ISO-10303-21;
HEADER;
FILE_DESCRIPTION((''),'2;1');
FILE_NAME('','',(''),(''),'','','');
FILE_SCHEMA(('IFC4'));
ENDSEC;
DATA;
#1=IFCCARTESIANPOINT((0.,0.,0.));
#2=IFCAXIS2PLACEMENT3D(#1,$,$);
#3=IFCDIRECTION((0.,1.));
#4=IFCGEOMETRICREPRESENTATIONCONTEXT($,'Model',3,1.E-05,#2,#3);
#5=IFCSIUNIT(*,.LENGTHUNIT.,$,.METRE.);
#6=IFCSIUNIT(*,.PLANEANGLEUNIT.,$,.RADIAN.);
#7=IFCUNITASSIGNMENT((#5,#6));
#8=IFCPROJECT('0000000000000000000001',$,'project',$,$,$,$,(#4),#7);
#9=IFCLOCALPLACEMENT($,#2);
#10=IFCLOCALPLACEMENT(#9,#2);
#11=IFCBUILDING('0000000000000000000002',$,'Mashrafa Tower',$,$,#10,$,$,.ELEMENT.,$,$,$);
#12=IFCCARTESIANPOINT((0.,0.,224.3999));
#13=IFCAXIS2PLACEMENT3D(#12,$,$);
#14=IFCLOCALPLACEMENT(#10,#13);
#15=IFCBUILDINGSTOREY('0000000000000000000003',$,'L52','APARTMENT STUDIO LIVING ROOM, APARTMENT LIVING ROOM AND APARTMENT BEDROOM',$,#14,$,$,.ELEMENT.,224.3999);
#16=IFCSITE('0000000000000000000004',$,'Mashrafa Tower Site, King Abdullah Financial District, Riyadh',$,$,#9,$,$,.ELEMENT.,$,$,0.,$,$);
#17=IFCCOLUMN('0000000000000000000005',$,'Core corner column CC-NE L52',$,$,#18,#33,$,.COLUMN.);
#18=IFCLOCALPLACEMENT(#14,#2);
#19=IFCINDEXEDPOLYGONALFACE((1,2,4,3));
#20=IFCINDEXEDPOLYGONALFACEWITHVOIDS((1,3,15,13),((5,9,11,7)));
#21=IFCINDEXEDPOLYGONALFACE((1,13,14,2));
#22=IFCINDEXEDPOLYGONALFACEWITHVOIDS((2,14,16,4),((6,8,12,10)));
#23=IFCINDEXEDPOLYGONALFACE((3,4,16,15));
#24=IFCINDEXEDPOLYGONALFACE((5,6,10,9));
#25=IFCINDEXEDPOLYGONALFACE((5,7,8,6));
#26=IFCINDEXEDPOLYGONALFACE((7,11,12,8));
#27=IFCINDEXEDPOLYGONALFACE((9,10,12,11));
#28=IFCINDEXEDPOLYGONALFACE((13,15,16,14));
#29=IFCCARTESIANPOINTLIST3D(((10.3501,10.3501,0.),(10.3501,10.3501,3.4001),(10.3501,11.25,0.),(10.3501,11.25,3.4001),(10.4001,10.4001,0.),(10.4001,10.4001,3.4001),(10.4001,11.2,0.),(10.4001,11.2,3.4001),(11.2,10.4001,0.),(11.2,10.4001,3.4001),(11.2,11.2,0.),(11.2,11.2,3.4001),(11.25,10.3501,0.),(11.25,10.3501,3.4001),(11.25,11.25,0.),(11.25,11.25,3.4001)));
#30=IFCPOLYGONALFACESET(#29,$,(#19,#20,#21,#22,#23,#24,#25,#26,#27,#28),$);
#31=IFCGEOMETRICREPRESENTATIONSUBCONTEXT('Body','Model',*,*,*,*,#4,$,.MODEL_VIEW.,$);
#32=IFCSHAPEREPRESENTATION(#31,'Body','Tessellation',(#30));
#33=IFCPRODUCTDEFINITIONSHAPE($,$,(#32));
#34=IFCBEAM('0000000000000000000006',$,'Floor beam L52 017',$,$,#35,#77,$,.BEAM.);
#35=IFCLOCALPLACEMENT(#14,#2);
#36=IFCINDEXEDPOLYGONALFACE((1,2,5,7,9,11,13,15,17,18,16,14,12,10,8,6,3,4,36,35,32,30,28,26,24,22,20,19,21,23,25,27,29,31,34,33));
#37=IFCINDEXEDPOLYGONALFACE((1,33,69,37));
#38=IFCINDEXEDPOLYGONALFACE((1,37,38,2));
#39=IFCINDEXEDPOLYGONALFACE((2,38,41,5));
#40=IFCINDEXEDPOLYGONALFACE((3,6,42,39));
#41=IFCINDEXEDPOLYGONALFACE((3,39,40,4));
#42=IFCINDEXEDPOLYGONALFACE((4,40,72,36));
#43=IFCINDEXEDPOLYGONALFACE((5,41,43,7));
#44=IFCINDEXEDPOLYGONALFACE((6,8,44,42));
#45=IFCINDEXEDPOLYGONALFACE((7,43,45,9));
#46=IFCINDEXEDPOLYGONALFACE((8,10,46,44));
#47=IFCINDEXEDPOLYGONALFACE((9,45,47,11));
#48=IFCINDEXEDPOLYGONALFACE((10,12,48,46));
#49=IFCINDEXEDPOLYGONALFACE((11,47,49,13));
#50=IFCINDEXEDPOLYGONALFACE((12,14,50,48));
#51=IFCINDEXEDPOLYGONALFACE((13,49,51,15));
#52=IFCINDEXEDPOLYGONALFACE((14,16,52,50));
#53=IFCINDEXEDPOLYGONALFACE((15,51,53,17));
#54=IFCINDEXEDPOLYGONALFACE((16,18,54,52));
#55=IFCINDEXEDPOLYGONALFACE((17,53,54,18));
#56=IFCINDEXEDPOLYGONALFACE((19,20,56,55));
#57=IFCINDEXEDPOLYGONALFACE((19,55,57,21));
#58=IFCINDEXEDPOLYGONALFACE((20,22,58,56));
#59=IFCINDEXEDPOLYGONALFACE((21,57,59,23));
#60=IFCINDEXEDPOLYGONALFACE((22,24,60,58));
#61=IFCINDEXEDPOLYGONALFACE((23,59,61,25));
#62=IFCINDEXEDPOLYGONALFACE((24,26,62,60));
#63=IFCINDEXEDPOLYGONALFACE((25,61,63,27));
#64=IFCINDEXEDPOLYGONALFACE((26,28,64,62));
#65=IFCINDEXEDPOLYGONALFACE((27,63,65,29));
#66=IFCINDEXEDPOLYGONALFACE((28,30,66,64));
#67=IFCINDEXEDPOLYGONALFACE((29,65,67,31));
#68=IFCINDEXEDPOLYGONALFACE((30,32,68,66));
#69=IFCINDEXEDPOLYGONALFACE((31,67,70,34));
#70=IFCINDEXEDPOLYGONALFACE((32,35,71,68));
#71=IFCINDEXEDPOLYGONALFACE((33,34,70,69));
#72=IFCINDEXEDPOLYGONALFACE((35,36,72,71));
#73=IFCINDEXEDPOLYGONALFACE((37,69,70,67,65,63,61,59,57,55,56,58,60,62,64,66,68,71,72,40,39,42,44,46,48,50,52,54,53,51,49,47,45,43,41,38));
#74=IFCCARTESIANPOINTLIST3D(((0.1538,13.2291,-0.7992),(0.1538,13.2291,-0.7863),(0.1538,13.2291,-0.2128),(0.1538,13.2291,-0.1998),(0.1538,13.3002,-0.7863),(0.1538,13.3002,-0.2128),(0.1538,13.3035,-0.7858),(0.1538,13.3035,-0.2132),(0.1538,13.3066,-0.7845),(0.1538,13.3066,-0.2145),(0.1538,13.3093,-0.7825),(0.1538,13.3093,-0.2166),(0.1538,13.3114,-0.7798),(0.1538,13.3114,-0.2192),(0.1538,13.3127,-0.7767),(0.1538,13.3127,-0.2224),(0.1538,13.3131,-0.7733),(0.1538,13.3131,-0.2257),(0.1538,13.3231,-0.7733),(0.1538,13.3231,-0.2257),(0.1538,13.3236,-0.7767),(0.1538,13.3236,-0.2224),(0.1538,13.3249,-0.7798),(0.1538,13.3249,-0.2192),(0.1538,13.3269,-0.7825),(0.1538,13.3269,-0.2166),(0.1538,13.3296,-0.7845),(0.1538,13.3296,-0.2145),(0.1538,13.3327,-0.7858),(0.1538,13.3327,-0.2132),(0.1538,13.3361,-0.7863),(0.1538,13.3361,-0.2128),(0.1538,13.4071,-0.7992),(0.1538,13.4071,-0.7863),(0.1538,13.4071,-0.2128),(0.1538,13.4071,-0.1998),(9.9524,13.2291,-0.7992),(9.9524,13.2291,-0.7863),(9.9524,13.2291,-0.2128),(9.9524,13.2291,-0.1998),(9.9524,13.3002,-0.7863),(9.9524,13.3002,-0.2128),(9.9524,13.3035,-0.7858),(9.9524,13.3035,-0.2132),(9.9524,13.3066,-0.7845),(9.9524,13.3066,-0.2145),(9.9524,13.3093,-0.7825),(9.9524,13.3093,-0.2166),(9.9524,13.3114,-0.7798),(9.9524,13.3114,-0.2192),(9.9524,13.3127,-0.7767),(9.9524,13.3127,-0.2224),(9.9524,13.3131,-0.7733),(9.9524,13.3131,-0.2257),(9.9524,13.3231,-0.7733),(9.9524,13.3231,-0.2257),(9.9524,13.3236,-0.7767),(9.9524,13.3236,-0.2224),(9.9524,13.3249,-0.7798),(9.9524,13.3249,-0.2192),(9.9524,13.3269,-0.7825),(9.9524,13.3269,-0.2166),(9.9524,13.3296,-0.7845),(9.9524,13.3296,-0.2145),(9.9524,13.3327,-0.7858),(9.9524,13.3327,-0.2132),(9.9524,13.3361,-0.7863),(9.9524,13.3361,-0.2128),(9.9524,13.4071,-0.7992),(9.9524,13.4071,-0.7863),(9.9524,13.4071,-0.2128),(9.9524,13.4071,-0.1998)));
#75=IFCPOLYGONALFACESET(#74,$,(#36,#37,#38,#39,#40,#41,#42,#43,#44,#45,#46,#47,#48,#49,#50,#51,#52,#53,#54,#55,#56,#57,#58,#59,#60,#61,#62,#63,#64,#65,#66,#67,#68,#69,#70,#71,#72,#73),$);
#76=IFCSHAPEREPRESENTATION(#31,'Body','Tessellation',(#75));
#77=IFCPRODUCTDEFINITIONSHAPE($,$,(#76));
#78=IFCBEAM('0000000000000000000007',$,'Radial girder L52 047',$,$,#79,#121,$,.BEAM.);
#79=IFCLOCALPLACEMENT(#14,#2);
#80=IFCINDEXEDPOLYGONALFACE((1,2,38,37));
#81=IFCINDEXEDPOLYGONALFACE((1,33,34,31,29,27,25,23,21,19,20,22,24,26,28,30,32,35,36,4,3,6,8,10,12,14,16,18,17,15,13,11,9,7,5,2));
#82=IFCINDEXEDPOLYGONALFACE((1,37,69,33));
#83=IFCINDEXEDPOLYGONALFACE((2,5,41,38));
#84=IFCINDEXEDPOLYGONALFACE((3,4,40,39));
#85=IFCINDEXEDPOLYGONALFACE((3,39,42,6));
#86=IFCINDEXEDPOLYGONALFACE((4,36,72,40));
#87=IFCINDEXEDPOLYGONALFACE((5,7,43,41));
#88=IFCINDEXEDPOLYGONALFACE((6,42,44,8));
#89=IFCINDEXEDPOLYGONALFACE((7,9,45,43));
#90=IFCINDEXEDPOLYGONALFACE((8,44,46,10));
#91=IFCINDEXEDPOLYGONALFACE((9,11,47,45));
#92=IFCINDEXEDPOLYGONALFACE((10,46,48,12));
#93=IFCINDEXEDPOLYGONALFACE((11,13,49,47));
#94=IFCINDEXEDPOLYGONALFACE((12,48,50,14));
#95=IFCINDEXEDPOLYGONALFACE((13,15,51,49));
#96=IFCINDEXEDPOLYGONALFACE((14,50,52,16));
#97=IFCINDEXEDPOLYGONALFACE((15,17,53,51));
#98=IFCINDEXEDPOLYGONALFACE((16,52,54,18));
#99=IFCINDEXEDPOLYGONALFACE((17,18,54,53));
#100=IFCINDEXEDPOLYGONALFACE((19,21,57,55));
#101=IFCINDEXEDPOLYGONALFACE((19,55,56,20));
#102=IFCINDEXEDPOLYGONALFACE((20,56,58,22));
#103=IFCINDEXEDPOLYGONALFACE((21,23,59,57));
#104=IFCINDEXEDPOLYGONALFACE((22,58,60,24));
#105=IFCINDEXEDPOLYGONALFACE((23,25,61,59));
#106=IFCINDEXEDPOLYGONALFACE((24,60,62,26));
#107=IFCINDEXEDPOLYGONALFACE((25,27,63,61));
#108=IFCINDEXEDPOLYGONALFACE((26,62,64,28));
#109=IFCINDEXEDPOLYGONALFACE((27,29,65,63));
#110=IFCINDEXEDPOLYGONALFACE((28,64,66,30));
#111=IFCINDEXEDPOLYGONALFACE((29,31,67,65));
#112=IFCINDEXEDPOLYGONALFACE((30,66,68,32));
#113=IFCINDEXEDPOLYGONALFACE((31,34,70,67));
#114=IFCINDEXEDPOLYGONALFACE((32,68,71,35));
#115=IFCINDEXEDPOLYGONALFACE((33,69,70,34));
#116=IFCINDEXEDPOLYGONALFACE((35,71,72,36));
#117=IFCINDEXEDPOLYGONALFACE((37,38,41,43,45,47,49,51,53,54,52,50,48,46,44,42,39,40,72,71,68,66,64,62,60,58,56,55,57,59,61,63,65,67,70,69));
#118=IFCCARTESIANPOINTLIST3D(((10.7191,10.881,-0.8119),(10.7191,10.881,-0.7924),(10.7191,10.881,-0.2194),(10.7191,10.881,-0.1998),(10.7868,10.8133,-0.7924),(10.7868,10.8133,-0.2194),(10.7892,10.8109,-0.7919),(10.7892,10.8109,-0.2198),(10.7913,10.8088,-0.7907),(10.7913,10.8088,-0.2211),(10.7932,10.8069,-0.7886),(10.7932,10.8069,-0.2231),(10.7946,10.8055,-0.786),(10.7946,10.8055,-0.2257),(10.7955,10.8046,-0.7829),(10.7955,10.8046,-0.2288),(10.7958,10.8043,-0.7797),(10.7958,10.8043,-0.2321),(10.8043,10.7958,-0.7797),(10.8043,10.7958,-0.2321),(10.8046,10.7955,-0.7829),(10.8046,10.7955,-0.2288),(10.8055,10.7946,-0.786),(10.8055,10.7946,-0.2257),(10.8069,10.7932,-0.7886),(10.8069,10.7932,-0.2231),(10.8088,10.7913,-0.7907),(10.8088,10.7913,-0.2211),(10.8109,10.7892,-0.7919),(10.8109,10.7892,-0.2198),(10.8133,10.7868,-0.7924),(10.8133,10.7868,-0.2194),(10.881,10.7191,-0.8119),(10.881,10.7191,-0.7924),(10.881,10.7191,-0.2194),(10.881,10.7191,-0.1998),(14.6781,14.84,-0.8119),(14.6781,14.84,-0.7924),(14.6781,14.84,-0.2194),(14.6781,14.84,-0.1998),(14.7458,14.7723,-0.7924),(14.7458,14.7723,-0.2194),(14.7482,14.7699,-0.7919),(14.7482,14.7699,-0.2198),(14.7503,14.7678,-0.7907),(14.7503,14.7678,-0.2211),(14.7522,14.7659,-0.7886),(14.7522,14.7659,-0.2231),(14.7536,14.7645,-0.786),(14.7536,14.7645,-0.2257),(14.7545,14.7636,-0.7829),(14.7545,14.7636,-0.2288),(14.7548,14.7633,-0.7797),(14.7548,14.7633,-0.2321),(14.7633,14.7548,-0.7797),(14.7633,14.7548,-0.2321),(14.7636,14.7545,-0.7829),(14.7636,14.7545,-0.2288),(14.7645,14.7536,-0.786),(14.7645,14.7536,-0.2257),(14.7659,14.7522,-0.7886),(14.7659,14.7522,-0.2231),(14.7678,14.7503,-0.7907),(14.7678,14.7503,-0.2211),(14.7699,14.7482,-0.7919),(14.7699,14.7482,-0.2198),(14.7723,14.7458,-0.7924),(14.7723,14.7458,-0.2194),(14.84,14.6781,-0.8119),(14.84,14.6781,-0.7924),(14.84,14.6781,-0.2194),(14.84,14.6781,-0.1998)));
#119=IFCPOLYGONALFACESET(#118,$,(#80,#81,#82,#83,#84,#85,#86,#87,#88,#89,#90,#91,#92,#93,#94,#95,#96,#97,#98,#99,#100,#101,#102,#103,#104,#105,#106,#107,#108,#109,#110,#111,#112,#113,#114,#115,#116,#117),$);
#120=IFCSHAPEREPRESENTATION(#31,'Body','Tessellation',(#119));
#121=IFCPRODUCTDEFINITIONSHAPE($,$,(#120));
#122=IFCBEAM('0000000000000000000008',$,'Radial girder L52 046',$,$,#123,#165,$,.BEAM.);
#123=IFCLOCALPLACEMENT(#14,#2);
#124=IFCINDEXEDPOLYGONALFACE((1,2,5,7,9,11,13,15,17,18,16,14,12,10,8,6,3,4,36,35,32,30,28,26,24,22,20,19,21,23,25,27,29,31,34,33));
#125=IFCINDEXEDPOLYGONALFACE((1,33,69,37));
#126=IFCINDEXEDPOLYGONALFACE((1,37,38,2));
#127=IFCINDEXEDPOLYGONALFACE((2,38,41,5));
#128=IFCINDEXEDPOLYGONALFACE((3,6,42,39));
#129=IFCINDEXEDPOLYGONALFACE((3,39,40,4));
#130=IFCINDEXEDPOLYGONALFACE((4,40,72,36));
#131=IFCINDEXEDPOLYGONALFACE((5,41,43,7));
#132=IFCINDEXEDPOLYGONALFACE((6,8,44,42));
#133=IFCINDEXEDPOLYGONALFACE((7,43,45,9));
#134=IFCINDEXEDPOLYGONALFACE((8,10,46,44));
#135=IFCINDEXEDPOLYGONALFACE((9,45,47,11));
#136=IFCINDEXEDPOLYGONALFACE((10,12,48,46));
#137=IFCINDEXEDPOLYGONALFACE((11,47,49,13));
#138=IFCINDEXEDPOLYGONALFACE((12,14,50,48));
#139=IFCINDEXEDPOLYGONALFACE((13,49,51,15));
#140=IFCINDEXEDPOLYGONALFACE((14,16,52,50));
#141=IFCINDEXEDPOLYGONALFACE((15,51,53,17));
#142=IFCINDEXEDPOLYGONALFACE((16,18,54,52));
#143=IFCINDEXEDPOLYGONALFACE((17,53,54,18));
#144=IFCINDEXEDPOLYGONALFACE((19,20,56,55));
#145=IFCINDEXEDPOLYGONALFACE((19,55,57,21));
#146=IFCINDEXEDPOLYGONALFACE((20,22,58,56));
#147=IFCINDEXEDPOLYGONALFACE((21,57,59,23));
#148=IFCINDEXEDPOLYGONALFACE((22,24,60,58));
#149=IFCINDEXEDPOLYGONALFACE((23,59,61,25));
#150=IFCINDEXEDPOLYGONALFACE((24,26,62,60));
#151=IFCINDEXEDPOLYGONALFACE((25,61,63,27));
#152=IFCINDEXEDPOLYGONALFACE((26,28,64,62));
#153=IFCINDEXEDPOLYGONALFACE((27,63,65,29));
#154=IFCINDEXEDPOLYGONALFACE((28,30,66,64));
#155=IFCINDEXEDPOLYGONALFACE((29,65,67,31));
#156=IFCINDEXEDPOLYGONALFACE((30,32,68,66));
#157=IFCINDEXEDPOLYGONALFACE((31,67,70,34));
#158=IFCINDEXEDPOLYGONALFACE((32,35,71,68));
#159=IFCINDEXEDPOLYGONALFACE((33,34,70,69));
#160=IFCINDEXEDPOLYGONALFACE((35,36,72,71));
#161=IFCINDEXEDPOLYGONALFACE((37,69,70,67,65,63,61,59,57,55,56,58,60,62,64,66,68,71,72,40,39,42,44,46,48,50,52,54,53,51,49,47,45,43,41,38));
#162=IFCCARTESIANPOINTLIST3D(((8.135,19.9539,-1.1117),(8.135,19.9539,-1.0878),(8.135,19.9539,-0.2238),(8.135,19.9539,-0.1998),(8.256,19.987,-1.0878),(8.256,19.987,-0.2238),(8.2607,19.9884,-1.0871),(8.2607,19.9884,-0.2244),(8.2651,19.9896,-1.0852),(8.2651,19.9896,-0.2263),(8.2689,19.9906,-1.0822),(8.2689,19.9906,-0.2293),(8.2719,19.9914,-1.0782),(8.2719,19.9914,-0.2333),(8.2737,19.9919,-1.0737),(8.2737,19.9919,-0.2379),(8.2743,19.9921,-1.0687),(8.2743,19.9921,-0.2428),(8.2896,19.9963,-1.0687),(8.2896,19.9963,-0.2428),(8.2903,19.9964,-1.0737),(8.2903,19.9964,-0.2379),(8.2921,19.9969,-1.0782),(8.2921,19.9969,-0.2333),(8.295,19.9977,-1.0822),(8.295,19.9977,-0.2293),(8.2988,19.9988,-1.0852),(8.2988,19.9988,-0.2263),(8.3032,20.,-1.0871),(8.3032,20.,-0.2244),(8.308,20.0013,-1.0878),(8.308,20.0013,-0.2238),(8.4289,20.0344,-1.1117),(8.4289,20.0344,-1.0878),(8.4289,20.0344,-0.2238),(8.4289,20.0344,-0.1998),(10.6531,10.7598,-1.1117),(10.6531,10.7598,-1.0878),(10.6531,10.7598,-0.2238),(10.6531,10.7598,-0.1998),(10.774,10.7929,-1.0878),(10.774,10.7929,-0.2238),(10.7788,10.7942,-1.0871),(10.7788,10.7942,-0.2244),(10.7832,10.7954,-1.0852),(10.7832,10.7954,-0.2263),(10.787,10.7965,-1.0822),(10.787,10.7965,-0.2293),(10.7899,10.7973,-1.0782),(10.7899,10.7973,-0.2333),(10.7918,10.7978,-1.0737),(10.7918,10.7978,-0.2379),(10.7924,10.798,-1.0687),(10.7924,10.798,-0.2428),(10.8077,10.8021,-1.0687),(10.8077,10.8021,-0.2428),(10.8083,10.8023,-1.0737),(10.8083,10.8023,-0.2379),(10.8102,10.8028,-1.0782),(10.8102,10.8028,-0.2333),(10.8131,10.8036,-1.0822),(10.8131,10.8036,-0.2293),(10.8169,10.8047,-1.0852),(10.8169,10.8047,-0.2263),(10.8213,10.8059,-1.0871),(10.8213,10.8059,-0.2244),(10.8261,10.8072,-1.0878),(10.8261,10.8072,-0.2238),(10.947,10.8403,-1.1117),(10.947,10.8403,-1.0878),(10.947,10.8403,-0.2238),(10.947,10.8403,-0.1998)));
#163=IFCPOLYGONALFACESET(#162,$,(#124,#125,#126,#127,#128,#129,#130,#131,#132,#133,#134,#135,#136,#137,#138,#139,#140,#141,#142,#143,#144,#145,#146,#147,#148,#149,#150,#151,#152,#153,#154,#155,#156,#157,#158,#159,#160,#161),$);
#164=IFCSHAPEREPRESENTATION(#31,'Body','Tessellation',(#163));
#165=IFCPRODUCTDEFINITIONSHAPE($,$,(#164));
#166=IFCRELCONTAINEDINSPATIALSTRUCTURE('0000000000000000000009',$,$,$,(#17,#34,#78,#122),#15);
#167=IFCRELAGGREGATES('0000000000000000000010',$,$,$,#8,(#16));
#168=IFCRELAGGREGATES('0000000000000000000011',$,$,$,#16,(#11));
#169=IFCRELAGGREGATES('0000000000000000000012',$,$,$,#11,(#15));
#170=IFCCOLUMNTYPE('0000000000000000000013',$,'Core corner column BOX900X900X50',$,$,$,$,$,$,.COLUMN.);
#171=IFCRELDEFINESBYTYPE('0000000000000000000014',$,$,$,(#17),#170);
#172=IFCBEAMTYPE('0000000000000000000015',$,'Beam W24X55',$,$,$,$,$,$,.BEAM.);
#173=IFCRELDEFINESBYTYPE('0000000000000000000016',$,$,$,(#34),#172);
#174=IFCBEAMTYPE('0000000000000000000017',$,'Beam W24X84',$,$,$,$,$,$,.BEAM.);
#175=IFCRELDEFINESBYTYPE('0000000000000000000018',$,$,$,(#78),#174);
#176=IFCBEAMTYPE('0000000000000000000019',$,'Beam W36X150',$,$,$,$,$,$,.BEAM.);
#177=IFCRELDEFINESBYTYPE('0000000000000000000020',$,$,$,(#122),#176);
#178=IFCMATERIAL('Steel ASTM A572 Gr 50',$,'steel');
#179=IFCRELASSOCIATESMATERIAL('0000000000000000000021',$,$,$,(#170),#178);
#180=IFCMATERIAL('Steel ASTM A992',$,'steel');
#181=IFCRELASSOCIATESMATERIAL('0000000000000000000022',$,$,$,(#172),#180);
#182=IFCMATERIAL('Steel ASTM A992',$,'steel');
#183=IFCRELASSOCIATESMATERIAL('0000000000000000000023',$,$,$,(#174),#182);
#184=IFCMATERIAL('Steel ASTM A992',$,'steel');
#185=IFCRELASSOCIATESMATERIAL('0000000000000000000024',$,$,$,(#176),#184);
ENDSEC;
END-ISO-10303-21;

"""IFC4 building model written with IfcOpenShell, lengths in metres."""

from ifc_helpers import new_model, si_unit, direction, frame, origin, origin_2d, place, context, subcontext, project, spatial, hollow_rectangle, i_section, extrude, material, material_profile, profile_set, type_object, element, save


model = new_model("IFC4")

# Units and contexts
model_context = context("Model", 3, precision=1e-05, world=origin(), true_north=direction((0.0, 1.0)))
body_context = subcontext(model_context, "Body", "Model", "MODEL_VIEW")
ifc_project = project(units=[si_unit("LENGTHUNIT", "METRE"), si_unit("PLANEANGLEUNIT", "RADIAN")], contexts=[model_context])

# Site, building, storey
site_placement = place(None, origin())
site = spatial("IfcSite", under=ifc_project, at=site_placement, Name="Mashrafa Tower Site, King Abdullah Financial District, Riyadh", CompositionType="ELEMENT", RefElevation=0.0)
building_placement = place(site_placement, origin())
building = spatial("IfcBuilding", under=site, at=building_placement, Name="Mashrafa Tower", CompositionType="ELEMENT")
storey_placement = place(building_placement, frame((0.0, 0.0, 224.3999)))
storey = spatial("IfcBuildingStorey", under=building, at=storey_placement, Name="L52", Description="APARTMENT STUDIO LIVING ROOM, APARTMENT LIVING ROOM AND APARTMENT BEDROOM", CompositionType="ELEMENT", Elevation=224.3999)

# Column
ifc_material_1 = material(Name="Steel ASTM A572 Gr 50", Category="steel")
ifc_material_profile_1 = material_profile(ifc_material_1, hollow_rectangle(XDim=0.8999, YDim=0.8999, WallThickness=0.05, at=origin_2d()), Name="BOX900X900X50")
ifc_profile_set_1 = profile_set([ifc_material_profile_1], Name="Steel ASTM A572 Gr 50")
column_type = type_object("IfcColumnType", Name="Core corner column BOX900X900X50", PredefinedType="COLUMN", material=ifc_profile_set_1)
column_placement = place(storey_placement, frame((10.8, 10.8, 0.0), z_axis=(0.0, 0.0, 1.0), x_axis=(1.0, 0.0, 0.0)))
element("IfcColumn", 1, at=column_placement, inside=storey, type_object=column_type, Name="Core corner column CC-NE L52", PredefinedType="COLUMN", context=body_context, shape_type="SweptSolid", body=[
    extrude(hollow_rectangle(XDim=0.8999, YDim=0.8999, WallThickness=0.05, at=origin_2d()), origin(), (0.0, 0.0, 1.0), 3.4001),
])

# Beams
ifc_material_2 = material(Name="Steel ASTM A992", Category="steel")
ifc_material_profile_2 = material_profile(ifc_material_2, i_section(OverallWidth=0.178, OverallDepth=0.5994, WebThickness=0.01, FlangeThickness=0.0129, FilletRadius=0.0129, at=origin_2d()), Name="W24X55")
ifc_profile_set_2 = profile_set([ifc_material_profile_2], Name="Steel ASTM A992")
beam_type_1 = type_object("IfcBeamType", Name="Beam W24X55", PredefinedType="BEAM", material=ifc_profile_set_2)
beam_1_placement = place(storey_placement, frame((0.1538, 13.3181, -0.4995), z_axis=(1.0, 0.0, 0.0), x_axis=(0.0, 1.0, 0.0)))
element("IfcBeam", 2, at=beam_1_placement, inside=storey, type_object=beam_type_1, Name="Floor beam L52 017", PredefinedType="BEAM", context=body_context, shape_type="SweptSolid", body=[
    extrude(i_section(OverallWidth=0.178, OverallDepth=0.5994, WebThickness=0.01, FlangeThickness=0.0129, FilletRadius=0.0129, at=origin_2d()), origin(), (0.0, 0.0, 1.0), 9.7986),
])
ifc_material_3 = material(Name="Steel ASTM A992", Category="steel")
ifc_material_profile_3 = material_profile(ifc_material_3, i_section(OverallWidth=0.229, OverallDepth=0.6121, WebThickness=0.012, FlangeThickness=0.0195, FilletRadius=0.0127, at=origin_2d()), Name="W24X84")
ifc_profile_set_3 = profile_set([ifc_material_profile_3], Name="Steel ASTM A992")
beam_type_2 = type_object("IfcBeamType", Name="Beam W24X84", PredefinedType="BEAM", material=ifc_profile_set_3)
beam_2_placement = place(storey_placement, frame((10.8, 10.8, -0.5059), z_axis=(0.707107, 0.707107, 0.0), x_axis=(-0.707107, 0.707107, 0.0)))
element("IfcBeam", 3, at=beam_2_placement, inside=storey, type_object=beam_type_2, Name="Radial girder L52 047", PredefinedType="BEAM", context=body_context, shape_type="SweptSolid", body=[
    extrude(i_section(OverallWidth=0.229, OverallDepth=0.6121, WebThickness=0.012, FlangeThickness=0.0195, FilletRadius=0.0127, at=origin_2d()), origin(), (0.0, 0.0, 1.0), 5.5989),
])
ifc_material_4 = material(Name="Steel ASTM A992", Category="steel")
ifc_material_profile_4 = material_profile(ifc_material_4, i_section(OverallWidth=0.3047, OverallDepth=0.9119, WebThickness=0.0159, FlangeThickness=0.0239, FilletRadius=0.019, at=origin_2d()), Name="W36X150")
ifc_profile_set_4 = profile_set([ifc_material_profile_4], Name="Steel ASTM A992")
beam_type_3 = type_object("IfcBeamType", Name="Beam W36X150", PredefinedType="BEAM", material=ifc_profile_set_4)
beam_3_placement = place(storey_placement, frame((10.8, 10.8, -0.6558), z_axis=(-0.264151, 0.964481, 0.0), x_axis=(-0.964481, -0.264151, 0.0)))
element("IfcBeam", 4, at=beam_3_placement, inside=storey, type_object=beam_type_3, Name="Radial girder L52 046", PredefinedType="BEAM", context=body_context, shape_type="SweptSolid", body=[
    extrude(i_section(OverallWidth=0.3047, OverallDepth=0.9119, WebThickness=0.0159, FlangeThickness=0.0239, FilletRadius=0.019, at=origin_2d()), origin(), (0.0, 0.0, 1.0), 9.5327),
])

save(model, "model.ifc")
